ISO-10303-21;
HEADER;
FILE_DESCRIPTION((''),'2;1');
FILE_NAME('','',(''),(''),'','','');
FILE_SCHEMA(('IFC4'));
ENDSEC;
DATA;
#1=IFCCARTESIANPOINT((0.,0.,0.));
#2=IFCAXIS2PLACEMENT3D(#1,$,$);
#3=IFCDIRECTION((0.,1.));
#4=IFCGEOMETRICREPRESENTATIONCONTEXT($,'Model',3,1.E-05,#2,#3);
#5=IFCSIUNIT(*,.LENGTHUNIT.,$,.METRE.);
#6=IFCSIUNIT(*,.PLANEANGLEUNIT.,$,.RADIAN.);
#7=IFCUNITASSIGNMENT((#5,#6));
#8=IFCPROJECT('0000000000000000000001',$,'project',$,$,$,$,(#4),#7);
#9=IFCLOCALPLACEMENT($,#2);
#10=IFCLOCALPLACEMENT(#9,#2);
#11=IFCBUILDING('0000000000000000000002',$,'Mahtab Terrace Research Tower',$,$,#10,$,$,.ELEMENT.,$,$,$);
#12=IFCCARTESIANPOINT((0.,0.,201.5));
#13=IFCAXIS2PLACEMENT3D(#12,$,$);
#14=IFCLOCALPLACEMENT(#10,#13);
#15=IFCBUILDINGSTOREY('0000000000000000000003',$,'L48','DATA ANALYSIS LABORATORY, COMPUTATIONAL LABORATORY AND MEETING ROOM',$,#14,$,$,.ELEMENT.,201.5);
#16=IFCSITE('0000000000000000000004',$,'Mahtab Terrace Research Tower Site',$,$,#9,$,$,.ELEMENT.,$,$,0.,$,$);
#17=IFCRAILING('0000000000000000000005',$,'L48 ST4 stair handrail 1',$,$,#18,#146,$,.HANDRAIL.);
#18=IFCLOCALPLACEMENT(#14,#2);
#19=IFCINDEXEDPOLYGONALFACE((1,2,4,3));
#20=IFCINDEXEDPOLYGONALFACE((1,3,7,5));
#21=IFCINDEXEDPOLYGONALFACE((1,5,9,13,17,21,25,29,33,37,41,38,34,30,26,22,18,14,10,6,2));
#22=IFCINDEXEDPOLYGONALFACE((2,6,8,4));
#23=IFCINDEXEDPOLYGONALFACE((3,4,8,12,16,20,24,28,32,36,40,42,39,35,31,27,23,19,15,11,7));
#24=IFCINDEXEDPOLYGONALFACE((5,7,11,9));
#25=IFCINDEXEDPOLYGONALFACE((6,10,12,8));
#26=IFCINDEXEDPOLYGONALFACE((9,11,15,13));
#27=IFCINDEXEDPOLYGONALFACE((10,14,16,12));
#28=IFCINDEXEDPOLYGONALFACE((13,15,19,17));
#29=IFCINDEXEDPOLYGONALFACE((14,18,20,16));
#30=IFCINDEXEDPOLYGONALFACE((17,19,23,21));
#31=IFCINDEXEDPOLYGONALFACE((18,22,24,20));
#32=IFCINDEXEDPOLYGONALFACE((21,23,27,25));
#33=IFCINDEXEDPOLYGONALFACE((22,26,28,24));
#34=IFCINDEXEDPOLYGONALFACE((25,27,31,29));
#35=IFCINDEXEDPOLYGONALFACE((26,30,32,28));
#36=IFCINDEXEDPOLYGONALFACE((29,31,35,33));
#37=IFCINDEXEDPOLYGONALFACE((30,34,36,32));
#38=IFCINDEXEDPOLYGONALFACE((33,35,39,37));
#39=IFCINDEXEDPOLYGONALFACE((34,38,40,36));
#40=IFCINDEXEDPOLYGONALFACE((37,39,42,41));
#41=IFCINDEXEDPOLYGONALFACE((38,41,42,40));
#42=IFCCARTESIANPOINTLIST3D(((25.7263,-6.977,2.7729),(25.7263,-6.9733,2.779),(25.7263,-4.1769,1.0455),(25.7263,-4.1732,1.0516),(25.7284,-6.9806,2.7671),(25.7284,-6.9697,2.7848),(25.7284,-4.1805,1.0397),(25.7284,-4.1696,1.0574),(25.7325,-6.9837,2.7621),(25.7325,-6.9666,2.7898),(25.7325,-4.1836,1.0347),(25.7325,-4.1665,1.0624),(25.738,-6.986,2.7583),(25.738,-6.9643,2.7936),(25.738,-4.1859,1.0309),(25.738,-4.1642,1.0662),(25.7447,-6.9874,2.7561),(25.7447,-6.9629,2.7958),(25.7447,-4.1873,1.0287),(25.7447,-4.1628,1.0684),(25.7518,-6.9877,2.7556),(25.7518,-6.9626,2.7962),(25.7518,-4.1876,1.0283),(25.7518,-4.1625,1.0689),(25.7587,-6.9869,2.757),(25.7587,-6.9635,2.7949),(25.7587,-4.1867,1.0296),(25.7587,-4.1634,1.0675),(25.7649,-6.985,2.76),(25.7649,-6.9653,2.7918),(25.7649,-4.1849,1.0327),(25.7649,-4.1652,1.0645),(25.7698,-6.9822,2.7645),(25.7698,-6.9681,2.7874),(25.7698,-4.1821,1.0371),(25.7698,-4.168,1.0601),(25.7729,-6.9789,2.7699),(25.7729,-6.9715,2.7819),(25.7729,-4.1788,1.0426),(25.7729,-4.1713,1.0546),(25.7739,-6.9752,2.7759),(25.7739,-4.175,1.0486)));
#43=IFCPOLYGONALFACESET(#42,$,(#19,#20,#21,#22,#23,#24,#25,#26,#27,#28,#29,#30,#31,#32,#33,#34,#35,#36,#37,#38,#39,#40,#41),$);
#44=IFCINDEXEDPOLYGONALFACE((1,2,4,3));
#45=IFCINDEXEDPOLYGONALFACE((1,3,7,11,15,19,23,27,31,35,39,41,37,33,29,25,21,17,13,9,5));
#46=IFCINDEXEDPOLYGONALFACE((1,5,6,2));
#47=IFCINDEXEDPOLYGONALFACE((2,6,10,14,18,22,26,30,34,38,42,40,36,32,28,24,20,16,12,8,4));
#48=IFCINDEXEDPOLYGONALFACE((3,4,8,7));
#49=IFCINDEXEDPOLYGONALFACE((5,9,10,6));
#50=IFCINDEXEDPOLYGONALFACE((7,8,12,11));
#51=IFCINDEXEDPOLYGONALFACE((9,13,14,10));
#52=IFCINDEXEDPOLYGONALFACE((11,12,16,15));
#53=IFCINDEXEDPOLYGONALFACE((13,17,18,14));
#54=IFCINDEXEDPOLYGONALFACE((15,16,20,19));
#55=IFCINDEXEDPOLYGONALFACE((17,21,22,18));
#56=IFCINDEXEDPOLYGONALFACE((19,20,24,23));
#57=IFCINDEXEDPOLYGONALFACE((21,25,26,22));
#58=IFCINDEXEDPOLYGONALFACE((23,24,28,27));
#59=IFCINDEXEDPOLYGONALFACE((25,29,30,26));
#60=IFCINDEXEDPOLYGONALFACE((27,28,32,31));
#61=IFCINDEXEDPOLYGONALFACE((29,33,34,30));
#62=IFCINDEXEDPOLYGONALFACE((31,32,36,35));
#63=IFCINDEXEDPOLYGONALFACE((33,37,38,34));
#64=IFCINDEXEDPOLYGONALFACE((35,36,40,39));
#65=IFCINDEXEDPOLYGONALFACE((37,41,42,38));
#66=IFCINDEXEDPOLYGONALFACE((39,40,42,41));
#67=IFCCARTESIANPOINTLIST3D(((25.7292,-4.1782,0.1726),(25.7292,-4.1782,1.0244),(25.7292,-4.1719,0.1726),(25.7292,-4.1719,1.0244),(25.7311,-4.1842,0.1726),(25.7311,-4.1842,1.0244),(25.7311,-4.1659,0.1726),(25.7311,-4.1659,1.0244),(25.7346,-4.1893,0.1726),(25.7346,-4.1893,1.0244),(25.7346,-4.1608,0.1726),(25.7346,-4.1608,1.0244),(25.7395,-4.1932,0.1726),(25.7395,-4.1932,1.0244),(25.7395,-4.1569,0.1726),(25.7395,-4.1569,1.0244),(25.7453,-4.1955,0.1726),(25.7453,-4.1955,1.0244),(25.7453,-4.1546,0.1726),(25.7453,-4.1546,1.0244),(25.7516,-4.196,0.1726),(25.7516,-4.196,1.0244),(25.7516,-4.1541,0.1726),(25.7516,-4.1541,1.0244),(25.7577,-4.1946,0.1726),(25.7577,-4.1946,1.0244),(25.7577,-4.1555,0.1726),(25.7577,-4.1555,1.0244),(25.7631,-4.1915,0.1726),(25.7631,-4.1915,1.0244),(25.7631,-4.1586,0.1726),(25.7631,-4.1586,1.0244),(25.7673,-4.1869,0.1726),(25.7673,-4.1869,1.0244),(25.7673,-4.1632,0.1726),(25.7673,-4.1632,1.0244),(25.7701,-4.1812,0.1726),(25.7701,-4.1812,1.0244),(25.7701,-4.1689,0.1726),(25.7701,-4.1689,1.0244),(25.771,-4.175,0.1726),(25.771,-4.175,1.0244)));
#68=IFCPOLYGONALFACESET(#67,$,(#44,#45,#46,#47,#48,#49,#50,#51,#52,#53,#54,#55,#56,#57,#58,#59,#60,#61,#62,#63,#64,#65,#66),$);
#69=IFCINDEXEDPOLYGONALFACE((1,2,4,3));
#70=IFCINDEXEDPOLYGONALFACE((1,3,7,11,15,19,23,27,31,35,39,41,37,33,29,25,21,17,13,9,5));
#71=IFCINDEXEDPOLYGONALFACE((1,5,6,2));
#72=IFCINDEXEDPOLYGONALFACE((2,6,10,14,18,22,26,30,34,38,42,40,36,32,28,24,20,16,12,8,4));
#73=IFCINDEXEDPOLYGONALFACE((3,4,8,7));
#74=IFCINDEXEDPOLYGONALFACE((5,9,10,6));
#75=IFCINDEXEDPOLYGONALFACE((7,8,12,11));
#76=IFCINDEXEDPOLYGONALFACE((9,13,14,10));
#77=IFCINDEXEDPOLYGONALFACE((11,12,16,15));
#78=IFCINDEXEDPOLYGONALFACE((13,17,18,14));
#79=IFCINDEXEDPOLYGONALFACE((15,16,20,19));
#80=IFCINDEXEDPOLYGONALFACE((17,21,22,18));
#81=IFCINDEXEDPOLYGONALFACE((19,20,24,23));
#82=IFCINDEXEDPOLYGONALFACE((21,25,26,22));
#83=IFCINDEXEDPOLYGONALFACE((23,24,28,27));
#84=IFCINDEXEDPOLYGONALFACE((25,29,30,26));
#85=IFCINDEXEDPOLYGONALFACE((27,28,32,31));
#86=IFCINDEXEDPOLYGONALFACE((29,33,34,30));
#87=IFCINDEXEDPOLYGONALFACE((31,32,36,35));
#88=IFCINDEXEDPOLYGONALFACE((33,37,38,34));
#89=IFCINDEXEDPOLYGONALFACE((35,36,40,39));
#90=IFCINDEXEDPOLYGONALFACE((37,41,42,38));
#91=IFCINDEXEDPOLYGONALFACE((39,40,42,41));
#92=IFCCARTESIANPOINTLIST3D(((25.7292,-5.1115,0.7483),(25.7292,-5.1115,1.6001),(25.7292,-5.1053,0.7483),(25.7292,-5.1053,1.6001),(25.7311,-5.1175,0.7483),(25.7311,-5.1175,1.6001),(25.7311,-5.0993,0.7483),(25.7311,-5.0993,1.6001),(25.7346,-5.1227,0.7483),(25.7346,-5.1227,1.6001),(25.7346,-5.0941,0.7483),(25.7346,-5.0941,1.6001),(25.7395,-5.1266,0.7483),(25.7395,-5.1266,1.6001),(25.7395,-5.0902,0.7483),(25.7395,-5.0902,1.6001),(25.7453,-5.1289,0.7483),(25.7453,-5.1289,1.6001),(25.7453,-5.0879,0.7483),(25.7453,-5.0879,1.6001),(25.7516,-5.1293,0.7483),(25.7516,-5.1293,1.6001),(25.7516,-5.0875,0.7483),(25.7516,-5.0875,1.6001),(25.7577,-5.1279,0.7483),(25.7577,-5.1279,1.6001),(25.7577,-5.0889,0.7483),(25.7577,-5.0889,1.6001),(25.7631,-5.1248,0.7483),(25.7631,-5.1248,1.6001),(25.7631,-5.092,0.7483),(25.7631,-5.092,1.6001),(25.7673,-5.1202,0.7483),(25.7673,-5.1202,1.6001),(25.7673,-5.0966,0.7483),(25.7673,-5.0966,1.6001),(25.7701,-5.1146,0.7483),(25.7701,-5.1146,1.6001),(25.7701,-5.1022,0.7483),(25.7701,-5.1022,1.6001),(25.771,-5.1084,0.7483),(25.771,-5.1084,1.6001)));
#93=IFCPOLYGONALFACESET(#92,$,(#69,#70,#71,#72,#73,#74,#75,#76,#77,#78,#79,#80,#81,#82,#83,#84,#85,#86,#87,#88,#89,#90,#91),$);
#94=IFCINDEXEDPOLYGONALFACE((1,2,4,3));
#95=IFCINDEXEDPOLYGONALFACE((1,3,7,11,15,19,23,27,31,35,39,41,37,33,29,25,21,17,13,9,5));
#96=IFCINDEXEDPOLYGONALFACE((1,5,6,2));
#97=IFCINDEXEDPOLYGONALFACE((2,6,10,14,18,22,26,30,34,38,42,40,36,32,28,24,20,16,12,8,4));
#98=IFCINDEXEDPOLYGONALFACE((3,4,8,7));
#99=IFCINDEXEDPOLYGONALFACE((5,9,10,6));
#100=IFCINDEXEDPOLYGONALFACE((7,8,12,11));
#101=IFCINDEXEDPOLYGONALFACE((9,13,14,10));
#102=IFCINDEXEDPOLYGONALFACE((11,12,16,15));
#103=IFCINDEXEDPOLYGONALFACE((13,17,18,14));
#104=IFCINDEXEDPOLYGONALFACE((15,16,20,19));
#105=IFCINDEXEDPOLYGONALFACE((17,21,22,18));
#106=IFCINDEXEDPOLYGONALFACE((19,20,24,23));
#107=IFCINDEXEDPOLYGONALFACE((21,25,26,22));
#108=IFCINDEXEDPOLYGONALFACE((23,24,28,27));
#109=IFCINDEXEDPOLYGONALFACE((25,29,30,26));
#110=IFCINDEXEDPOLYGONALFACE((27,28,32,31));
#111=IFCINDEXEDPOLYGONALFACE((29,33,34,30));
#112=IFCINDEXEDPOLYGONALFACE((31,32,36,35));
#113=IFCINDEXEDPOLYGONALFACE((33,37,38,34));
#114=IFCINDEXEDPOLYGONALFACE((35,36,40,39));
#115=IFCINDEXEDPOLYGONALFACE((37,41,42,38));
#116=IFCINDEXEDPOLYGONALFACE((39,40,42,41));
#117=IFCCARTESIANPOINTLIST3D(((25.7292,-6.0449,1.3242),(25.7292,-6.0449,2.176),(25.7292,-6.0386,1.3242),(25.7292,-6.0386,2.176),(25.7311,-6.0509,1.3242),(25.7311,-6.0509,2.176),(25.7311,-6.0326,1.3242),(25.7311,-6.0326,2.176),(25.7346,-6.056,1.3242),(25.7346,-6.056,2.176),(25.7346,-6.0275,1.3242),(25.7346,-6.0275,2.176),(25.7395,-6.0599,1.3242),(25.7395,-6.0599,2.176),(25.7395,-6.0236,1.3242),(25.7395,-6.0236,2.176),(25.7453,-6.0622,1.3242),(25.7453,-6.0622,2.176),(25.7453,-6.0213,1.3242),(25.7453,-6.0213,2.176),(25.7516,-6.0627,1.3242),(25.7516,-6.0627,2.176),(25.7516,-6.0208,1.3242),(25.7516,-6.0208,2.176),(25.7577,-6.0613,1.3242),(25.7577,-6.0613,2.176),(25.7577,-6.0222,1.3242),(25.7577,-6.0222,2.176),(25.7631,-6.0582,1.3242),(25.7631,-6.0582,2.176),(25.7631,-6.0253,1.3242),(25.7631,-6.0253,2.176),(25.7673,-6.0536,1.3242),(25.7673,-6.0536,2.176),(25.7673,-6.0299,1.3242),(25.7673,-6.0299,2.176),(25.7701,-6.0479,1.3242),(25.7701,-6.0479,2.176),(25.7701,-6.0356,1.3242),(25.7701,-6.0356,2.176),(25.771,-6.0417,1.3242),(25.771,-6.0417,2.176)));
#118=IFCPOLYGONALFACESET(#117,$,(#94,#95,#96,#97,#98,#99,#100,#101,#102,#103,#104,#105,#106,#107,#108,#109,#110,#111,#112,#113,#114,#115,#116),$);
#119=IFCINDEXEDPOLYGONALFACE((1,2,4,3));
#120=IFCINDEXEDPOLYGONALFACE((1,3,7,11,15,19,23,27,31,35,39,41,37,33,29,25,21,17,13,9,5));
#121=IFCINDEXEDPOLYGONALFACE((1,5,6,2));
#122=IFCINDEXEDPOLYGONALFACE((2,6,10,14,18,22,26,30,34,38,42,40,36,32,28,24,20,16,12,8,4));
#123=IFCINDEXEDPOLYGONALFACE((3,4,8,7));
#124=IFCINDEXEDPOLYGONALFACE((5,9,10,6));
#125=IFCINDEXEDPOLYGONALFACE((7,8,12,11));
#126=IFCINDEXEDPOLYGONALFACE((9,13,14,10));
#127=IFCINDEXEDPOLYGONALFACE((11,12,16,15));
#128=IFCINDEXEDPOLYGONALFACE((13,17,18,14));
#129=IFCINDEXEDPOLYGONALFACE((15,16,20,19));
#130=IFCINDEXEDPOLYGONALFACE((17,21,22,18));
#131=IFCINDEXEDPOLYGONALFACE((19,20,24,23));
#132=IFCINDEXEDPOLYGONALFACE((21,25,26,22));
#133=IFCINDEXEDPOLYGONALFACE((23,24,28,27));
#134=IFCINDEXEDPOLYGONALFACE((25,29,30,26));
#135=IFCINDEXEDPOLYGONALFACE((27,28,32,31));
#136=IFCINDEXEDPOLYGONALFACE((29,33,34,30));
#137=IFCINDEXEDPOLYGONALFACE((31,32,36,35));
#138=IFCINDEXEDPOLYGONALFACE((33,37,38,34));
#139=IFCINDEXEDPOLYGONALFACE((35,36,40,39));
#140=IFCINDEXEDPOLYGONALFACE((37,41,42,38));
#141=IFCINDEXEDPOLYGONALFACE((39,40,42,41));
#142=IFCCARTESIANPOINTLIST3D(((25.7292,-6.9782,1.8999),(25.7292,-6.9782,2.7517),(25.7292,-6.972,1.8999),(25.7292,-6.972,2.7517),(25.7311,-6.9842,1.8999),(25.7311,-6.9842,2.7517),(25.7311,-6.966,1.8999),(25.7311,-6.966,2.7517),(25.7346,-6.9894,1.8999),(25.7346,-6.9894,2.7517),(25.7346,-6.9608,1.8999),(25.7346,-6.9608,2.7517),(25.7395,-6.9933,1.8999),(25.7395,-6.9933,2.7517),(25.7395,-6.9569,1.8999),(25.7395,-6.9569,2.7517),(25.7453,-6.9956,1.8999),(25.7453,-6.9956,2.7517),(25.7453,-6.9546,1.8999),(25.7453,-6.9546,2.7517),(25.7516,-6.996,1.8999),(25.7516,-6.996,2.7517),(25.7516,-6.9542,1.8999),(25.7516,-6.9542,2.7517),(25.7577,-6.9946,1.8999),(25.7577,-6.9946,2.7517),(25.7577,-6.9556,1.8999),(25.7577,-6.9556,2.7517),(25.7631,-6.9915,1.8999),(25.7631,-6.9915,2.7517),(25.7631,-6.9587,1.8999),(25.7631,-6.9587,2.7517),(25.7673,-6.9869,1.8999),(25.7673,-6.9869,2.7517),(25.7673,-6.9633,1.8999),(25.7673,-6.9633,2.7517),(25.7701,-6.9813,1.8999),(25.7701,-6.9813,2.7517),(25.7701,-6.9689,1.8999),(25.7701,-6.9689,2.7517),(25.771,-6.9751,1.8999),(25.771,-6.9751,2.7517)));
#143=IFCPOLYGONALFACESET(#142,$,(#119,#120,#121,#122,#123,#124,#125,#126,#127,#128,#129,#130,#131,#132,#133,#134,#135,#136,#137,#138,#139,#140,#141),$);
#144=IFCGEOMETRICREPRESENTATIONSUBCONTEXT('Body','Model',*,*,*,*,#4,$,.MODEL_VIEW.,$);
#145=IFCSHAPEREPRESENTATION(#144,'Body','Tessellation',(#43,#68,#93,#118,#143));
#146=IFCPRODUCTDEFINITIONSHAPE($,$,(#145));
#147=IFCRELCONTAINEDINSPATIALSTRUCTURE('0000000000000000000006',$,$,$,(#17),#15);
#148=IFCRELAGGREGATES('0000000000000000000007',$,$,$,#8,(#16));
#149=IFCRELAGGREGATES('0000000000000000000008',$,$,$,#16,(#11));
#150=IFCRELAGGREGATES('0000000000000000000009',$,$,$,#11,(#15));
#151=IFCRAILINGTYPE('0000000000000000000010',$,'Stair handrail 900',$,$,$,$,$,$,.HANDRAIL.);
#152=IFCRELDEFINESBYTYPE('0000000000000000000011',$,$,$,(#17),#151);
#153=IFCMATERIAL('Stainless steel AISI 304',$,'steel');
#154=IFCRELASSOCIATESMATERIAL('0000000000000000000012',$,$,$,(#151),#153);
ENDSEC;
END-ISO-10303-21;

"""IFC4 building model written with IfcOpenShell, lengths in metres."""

from ifc_helpers import new_model, si_unit, direction, frame, origin, origin_2d, place, context, subcontext, project, spatial, circle, extrude, material, type_object, element, save


model = new_model("IFC4")

# Units and contexts
model_context = context("Model", 3, precision=1e-05, world=origin(), true_north=direction((0.0, 1.0)))
body_context = subcontext(model_context, "Body", "Model", "MODEL_VIEW")
ifc_project = project(units=[si_unit("LENGTHUNIT", "METRE"), si_unit("PLANEANGLEUNIT", "RADIAN")], contexts=[model_context])

# Site, building, storey
site_placement = place(None, origin())
site = spatial("IfcSite", under=ifc_project, at=site_placement, Name="Mahtab Terrace Research Tower Site", CompositionType="ELEMENT", RefElevation=0.0)
building_placement = place(site_placement, origin())
building = spatial("IfcBuilding", under=site, at=building_placement, Name="Mahtab Terrace Research Tower", CompositionType="ELEMENT")
storey_placement = place(building_placement, frame((0.0, 0.0, 201.5)))
storey = spatial("IfcBuildingStorey", under=building, at=storey_placement, Name="L48", Description="DATA ANALYSIS LABORATORY, COMPUTATIONAL LABORATORY AND MEETING ROOM", CompositionType="ELEMENT", Elevation=201.5)

# Railing
ifc_material_1 = material(Name="Stainless steel AISI 304", Category="steel")
railing_type_1 = type_object("IfcRailingType", Name="Stair handrail 900", PredefinedType="HANDRAIL", material=ifc_material_1)
railing_1_placement = place(storey_placement, frame((25.75, -4.175, 0.1726)))
element("IfcRailing", 1, at=railing_1_placement, inside=storey, type_object=railing_type_1, Name="L48 ST4 stair handrail 1", PredefinedType="HANDRAIL", context=body_context, shape_type="SweptSolid", body=[
    extrude(circle(Radius=0.0239, at=origin_2d()), frame((0.0, 0.0, 0.876), z_axis=(0.0, -0.85109, 0.52502), x_axis=(1.0, 0.0, 0.0)), (0.0, 0.0, 1.0), 3.29),
    extrude(circle(Radius=0.021, at=origin_2d()), origin(), (0.0, 0.0, 1.0), 0.8518),
    extrude(circle(Radius=0.021, at=origin_2d()), frame((0.0, -0.9333, 0.5757)), (0.0, 0.0, 1.0), 0.8518),
    extrude(circle(Radius=0.021, at=origin_2d()), frame((0.0, -1.8667, 1.1516)), (0.0, 0.0, 1.0), 0.8518),
    extrude(circle(Radius=0.021, at=origin_2d()), frame((0.0, -2.8, 1.7273)), (0.0, 0.0, 1.0), 0.8518),
])

save(model, "model.ifc")
